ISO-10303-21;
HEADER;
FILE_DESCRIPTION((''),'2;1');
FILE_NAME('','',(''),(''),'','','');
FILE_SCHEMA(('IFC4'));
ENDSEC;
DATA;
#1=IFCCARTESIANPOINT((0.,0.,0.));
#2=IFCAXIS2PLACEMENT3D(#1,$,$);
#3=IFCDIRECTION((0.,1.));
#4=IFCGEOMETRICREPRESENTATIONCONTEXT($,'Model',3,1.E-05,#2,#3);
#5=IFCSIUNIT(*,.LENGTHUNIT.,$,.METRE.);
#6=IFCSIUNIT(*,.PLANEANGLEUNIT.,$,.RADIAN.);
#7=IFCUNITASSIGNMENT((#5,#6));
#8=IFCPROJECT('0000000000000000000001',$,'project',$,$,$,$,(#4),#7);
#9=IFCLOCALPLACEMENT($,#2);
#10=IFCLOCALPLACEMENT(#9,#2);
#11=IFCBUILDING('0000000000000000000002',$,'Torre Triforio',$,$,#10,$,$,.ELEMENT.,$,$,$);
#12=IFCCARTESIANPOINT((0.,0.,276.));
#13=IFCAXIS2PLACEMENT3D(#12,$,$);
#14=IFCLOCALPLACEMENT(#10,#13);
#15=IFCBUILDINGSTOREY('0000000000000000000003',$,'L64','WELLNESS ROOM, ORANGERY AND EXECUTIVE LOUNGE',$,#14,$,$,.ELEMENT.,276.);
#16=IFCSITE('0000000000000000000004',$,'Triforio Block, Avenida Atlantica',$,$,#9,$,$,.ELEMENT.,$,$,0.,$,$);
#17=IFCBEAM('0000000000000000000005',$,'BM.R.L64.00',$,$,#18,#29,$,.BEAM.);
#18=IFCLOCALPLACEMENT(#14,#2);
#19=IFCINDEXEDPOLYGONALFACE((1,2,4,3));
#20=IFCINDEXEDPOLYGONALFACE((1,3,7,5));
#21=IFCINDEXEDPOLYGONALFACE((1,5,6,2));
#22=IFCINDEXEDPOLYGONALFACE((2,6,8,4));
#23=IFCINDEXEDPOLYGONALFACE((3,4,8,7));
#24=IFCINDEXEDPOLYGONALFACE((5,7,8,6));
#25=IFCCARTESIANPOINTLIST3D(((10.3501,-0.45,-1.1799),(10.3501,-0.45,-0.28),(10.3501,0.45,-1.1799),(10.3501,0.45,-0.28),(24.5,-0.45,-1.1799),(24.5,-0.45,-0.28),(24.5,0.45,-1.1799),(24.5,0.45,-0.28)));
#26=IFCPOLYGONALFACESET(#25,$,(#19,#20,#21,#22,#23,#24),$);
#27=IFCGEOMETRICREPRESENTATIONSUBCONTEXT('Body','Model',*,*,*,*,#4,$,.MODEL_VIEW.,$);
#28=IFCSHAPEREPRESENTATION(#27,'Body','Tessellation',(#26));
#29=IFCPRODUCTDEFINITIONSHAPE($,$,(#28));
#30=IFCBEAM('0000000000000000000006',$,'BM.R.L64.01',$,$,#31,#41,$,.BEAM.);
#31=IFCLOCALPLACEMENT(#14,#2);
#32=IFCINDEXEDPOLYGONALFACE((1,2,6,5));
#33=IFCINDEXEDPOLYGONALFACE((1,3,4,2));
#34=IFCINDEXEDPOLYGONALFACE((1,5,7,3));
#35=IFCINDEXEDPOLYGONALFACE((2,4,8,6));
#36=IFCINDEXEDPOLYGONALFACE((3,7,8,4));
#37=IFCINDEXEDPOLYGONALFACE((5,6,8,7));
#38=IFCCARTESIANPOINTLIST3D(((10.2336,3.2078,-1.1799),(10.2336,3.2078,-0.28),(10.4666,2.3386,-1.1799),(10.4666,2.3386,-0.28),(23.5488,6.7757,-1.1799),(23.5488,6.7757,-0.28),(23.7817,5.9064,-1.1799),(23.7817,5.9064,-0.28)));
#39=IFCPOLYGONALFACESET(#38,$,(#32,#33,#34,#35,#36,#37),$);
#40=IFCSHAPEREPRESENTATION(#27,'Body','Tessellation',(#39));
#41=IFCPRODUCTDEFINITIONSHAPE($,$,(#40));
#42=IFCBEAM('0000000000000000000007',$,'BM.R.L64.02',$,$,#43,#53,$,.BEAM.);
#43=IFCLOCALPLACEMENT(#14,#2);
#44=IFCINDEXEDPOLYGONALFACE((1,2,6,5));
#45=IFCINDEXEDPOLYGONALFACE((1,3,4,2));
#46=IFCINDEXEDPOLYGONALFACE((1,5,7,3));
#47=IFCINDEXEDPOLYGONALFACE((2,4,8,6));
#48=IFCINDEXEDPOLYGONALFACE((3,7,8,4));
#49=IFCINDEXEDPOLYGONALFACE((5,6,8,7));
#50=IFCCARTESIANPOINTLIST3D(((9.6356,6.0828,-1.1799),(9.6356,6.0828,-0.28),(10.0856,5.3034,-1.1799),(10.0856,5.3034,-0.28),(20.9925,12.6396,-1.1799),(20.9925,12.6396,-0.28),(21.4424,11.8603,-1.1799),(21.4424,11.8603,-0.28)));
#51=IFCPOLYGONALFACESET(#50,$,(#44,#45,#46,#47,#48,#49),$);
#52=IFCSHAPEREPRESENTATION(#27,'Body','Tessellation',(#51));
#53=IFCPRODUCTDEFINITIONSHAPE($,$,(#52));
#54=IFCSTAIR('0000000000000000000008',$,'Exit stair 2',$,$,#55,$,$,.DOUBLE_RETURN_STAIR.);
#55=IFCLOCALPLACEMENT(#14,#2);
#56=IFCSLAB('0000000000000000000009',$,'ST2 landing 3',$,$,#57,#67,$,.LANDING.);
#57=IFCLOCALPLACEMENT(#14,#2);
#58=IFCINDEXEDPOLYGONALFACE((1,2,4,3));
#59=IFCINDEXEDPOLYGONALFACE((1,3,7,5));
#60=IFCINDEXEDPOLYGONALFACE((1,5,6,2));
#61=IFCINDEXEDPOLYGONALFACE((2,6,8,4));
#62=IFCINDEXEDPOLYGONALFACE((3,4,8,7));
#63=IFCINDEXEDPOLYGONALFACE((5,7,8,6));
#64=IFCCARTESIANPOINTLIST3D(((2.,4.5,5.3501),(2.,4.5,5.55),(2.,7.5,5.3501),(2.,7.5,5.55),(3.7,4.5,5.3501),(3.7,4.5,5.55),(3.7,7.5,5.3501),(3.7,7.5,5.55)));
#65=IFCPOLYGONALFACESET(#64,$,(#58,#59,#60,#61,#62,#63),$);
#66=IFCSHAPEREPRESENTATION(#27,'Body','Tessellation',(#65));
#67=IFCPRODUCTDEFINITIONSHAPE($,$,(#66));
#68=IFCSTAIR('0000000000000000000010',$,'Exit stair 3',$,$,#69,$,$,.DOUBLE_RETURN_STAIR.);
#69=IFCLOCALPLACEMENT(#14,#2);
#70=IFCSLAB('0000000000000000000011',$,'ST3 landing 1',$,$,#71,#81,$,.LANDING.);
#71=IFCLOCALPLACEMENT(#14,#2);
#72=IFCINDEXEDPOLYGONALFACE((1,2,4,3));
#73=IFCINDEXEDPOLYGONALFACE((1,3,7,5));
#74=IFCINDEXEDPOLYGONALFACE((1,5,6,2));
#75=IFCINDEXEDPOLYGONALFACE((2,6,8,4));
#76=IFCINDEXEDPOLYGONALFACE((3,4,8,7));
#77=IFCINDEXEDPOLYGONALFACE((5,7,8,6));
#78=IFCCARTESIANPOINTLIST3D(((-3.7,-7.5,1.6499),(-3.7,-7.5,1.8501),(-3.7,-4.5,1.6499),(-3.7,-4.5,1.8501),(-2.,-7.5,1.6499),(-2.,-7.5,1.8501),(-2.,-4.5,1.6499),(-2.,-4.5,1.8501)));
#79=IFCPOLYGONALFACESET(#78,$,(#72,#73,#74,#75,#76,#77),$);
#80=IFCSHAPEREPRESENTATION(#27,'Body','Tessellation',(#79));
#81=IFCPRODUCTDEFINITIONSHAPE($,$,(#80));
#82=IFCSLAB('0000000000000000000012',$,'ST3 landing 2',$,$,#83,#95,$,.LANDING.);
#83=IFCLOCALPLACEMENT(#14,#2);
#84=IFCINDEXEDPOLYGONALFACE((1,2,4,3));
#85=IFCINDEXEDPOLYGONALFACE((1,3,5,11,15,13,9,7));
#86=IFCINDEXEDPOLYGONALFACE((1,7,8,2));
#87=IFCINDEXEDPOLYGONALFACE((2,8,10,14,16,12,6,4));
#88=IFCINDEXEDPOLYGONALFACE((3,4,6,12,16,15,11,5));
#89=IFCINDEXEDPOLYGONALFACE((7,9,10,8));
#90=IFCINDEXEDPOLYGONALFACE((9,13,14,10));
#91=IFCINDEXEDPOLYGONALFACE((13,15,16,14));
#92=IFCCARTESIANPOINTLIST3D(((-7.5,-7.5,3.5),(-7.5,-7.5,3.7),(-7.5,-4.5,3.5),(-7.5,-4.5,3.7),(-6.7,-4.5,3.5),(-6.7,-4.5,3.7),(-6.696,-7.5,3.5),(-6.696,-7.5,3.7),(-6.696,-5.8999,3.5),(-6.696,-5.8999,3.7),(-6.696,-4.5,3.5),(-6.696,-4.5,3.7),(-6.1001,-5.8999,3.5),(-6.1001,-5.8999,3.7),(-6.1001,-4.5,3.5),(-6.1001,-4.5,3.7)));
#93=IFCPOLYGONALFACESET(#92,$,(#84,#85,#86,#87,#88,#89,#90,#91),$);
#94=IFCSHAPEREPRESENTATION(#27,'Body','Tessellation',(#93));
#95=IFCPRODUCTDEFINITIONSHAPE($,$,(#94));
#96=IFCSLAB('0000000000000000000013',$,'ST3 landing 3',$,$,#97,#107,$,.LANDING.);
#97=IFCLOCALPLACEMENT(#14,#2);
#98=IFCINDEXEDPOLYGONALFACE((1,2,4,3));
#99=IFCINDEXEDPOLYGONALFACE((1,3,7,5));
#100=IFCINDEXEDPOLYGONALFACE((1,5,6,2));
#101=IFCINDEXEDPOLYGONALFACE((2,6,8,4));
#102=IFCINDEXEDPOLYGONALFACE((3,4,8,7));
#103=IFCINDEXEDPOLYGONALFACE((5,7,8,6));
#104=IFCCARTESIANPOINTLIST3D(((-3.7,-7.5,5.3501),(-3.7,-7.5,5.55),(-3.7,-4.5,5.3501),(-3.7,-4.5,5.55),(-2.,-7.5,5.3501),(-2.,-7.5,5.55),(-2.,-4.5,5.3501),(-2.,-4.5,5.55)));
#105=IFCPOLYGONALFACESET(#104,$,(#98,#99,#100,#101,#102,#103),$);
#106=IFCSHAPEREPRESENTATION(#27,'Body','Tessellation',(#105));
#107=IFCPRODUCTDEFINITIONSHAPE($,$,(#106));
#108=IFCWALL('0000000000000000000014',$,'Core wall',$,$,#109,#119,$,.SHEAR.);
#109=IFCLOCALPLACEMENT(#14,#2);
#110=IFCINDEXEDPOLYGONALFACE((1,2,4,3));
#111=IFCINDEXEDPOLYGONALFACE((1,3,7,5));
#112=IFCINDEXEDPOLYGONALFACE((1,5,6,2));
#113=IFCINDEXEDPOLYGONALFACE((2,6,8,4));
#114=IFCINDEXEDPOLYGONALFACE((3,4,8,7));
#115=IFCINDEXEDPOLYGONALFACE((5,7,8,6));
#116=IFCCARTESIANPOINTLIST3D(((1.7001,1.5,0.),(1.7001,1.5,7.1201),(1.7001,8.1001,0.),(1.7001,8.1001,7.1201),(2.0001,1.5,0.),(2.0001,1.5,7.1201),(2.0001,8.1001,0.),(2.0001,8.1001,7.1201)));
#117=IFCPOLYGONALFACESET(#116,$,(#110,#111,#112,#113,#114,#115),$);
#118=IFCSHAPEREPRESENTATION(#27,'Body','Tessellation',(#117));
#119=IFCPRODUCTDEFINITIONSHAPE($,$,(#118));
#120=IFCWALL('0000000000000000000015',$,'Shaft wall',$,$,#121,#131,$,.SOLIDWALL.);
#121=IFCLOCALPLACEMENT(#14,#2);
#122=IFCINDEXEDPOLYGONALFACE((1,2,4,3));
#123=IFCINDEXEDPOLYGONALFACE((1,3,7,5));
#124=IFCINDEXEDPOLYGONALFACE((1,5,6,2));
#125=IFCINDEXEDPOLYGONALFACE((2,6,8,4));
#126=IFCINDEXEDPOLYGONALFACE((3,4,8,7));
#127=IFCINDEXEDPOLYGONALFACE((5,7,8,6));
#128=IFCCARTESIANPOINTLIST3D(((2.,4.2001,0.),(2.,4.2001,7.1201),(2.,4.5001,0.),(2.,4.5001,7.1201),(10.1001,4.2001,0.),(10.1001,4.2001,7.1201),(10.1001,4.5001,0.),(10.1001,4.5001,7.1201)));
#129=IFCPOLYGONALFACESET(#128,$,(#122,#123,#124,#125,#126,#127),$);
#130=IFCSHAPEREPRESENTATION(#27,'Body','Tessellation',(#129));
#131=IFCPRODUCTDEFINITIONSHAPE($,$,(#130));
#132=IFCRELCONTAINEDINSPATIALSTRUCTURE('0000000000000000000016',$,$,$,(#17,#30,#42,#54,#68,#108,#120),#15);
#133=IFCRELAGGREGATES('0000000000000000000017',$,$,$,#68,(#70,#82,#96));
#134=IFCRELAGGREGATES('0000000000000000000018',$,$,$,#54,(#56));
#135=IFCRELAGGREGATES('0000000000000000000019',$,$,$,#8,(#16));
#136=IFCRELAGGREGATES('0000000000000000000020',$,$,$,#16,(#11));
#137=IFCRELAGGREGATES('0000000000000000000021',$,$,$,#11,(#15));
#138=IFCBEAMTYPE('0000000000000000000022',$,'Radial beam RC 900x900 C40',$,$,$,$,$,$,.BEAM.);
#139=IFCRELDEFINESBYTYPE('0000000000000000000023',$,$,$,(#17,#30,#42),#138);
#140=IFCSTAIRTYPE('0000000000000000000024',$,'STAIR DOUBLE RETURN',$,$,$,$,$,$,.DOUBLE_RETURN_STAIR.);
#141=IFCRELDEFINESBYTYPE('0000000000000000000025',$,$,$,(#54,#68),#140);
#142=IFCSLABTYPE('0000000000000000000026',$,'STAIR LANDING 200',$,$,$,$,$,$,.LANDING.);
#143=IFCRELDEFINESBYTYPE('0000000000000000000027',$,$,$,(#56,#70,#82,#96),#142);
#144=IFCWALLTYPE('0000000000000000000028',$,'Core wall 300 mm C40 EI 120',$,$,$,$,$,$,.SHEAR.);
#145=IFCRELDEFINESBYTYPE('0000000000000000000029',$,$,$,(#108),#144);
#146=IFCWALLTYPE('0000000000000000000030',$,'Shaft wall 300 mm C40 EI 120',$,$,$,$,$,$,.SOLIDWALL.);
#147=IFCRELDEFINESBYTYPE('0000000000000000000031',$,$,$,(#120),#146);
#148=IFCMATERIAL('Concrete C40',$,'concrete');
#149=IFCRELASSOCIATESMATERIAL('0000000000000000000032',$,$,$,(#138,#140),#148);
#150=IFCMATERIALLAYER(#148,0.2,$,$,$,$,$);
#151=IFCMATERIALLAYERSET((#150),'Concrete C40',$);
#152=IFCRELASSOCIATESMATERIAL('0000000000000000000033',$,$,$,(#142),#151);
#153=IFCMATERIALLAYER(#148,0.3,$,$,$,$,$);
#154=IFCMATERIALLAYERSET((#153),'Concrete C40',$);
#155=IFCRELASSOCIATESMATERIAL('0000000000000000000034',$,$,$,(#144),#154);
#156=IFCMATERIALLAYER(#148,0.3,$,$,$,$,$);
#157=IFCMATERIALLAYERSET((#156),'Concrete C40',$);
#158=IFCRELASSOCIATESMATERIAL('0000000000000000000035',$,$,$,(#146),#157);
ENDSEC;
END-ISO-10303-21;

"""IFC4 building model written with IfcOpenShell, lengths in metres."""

from ifc_helpers import new_model, si_unit, direction, frame, frame_2d, origin, origin_2d, place, context, subcontext, project, spatial, polyline, rectangle, outline, extrude, material, layer, layer_set, material_profile, profile_set, type_object, element, aggregate, save


model = new_model("IFC4")

# Units and contexts
model_context = context("Model", 3, precision=1e-05, world=origin(), true_north=direction((0.0, 1.0)))
body_context = subcontext(model_context, "Body", "Model", "MODEL_VIEW")
ifc_project = project(units=[si_unit("LENGTHUNIT", "METRE"), si_unit("PLANEANGLEUNIT", "RADIAN")], contexts=[model_context])

# Site, building, storey
site_placement = place(None, origin())
site = spatial("IfcSite", under=ifc_project, at=site_placement, Name="Triforio Block, Avenida Atlantica", CompositionType="ELEMENT", RefElevation=0.0)
building_placement = place(site_placement, origin())
building = spatial("IfcBuilding", under=site, at=building_placement, Name="Torre Triforio", CompositionType="ELEMENT")
storey_placement = place(building_placement, frame((0.0, 0.0, 276.0)))
storey = spatial("IfcBuildingStorey", under=building, at=storey_placement, Name="L64", Description="WELLNESS ROOM, ORANGERY AND EXECUTIVE LOUNGE", CompositionType="ELEMENT", Elevation=276.0)

# Beams
ifc_material_1 = material(Name="Concrete C40", Category="concrete")
ifc_material_profile = material_profile(ifc_material_1, rectangle(XDim=0.8999, YDim=0.8999, at=origin_2d()), Name="RC 900x900")
ifc_profile_set = profile_set([ifc_material_profile], Name="Concrete C40")
beam_type = type_object("IfcBeamType", Name="Radial beam RC 900x900 C40", PredefinedType="BEAM", material=ifc_profile_set)
beam_1_placement = place(storey_placement, frame((10.3501, 0.0, -0.73), z_axis=(1.0, 0.0, 0.0), x_axis=(0.0, 1.0, 0.0)))
element("IfcBeam", 1, at=beam_1_placement, inside=storey, type_object=beam_type, Name="BM.R.L64.00", PredefinedType="BEAM", context=body_context, shape_type="SweptSolid", body=[
    extrude(rectangle(XDim=0.8999, YDim=0.8999, at=origin_2d()), origin(), (0.0, 0.0, 1.0), 14.1499),
])
beam_2_placement = place(storey_placement, frame((10.3501, 2.7732, -0.73), z_axis=(0.965924, 0.258824, 0.0), x_axis=(-0.258824, 0.965924, 0.0)))
element("IfcBeam", 2, at=beam_2_placement, inside=storey, type_object=beam_type, Name="BM.R.L64.01", PredefinedType="BEAM", context=body_context, shape_type="SweptSolid", body=[
    extrude(rectangle(XDim=0.8999, YDim=0.8999, at=origin_2d()), origin(), (0.0, 0.0, 1.0), 13.7849),
])
beam_3_placement = place(storey_placement, frame((9.8606, 5.6931, -0.73), z_axis=(0.866027, 0.499997, 0.0), x_axis=(-0.499997, 0.866027, 0.0)))
element("IfcBeam", 3, at=beam_3_placement, inside=storey, type_object=beam_type, Name="BM.R.L64.02", PredefinedType="BEAM", context=body_context, shape_type="SweptSolid", body=[
    extrude(rectangle(XDim=0.8999, YDim=0.8999, at=origin_2d()), origin(), (0.0, 0.0, 1.0), 13.1138),
])

# Stair, slab
stair_type = type_object("IfcStairType", Name="STAIR DOUBLE RETURN", PredefinedType="DOUBLE_RETURN_STAIR", material=ifc_material_1)
stair_1_placement = place(storey_placement, origin())
stair_1 = element("IfcStair", 4, at=stair_1_placement, inside=storey, type_object=stair_type, Name="Exit stair 2", PredefinedType="DOUBLE_RETURN_STAIR")
ifc_layer_1 = layer(ifc_material_1, 0.2)
ifc_layer_set_1 = layer_set([ifc_layer_1], Name="Concrete C40")
slab_type = type_object("IfcSlabType", Name="STAIR LANDING 200", PredefinedType="LANDING", material=ifc_layer_set_1)
slab_1_placement = place(storey_placement, frame((0.0, 0.0, 5.3501)))
slab_1 = element("IfcSlab", 5, at=slab_1_placement, type_object=slab_type, Name="ST2 landing 3", PredefinedType="LANDING", context=body_context, shape_type="SweptSolid", body=[
    extrude(outline(polyline([(3.7, 4.5), (3.7, 7.5), (2.0, 7.5), (2.0, 4.5), (3.7, 4.5)])), origin(), (0.0, 0.0, 1.0), 0.2),
])

# Stair, slabs
stair_2_placement = place(storey_placement, origin())
stair_2 = element("IfcStair", 6, at=stair_2_placement, inside=storey, type_object=stair_type, Name="Exit stair 3", PredefinedType="DOUBLE_RETURN_STAIR")
slab_2_placement = place(storey_placement, frame((0.0, 0.0, 1.6499)))
slab_2 = element("IfcSlab", 7, at=slab_2_placement, type_object=slab_type, Name="ST3 landing 1", PredefinedType="LANDING", context=body_context, shape_type="SweptSolid", body=[
    extrude(outline(polyline([(-2.0, -7.5), (-2.0, -4.5), (-3.7, -4.5), (-3.7, -7.5), (-2.0, -7.5)])), origin(), (0.0, 0.0, 1.0), 0.2002),
])
slab_3_placement = place(storey_placement, frame((0.0, 0.0, 3.5)))
slab_3 = element("IfcSlab", 8, at=slab_3_placement, type_object=slab_type, Name="ST3 landing 2", PredefinedType="LANDING", context=body_context, shape_type="SweptSolid", body=[
    extrude(outline(polyline([(-6.696, -7.5), (-7.5, -7.5), (-7.5, -4.5), (-6.7, -4.5), (-6.696, -4.5), (-6.1001, -4.5), (-6.1001, -5.8999), (-6.696, -5.8999), (-6.696, -7.5)])), origin(), (0.0, 0.0, 1.0), 0.2),
])
slab_4_placement = place(storey_placement, frame((0.0, 0.0, 5.3501)))
slab_4 = element("IfcSlab", 9, at=slab_4_placement, type_object=slab_type, Name="ST3 landing 3", PredefinedType="LANDING", context=body_context, shape_type="SweptSolid", body=[
    extrude(outline(polyline([(-2.0, -7.5), (-2.0, -4.5), (-3.7, -4.5), (-3.7, -7.5), (-2.0, -7.5)])), origin(), (0.0, 0.0, 1.0), 0.2),
])
aggregate(stair_2, [slab_2, slab_3, slab_4])

# Walls
ifc_layer_2 = layer(ifc_material_1, 0.3)
ifc_layer_set_2 = layer_set([ifc_layer_2], Name="Concrete C40")
wall_type_1 = type_object("IfcWallType", Name="Core wall 300 mm C40 EI 120", PredefinedType="SHEAR", material=ifc_layer_set_2)
wall_1_placement = place(storey_placement, frame((1.8501, 1.5, 0.0), z_axis=(0.0, 0.0, 1.0), x_axis=(0.0, 1.0, 0.0)))
element("IfcWall", 10, at=wall_1_placement, inside=storey, type_object=wall_type_1, Name="Core wall", PredefinedType="SHEAR", context=body_context, shape_type="SweptSolid", body=[
    extrude(rectangle(XDim=6.6001, YDim=0.3, at=frame_2d((3.3, 0.0))), origin(), (0.0, 0.0, 1.0), 7.1201),
])
ifc_layer_3 = layer(ifc_material_1, 0.3)
ifc_layer_set_3 = layer_set([ifc_layer_3], Name="Concrete C40")
wall_type_2 = type_object("IfcWallType", Name="Shaft wall 300 mm C40 EI 120", PredefinedType="SOLIDWALL", material=ifc_layer_set_3)
wall_2_placement = place(storey_placement, frame((2.0, 4.3501, 0.0), z_axis=(0.0, 0.0, 1.0), x_axis=(1.0, 0.0, 0.0)))
element("IfcWall", 11, at=wall_2_placement, inside=storey, type_object=wall_type_2, Name="Shaft wall", PredefinedType="SOLIDWALL", context=body_context, shape_type="SweptSolid", body=[
    extrude(rectangle(XDim=8.1001, YDim=0.3, at=frame_2d((4.05, 0.0))), origin(), (0.0, 0.0, 1.0), 7.1201),
])

aggregate(stair_1, [slab_1])

save(model, "model.ifc")
